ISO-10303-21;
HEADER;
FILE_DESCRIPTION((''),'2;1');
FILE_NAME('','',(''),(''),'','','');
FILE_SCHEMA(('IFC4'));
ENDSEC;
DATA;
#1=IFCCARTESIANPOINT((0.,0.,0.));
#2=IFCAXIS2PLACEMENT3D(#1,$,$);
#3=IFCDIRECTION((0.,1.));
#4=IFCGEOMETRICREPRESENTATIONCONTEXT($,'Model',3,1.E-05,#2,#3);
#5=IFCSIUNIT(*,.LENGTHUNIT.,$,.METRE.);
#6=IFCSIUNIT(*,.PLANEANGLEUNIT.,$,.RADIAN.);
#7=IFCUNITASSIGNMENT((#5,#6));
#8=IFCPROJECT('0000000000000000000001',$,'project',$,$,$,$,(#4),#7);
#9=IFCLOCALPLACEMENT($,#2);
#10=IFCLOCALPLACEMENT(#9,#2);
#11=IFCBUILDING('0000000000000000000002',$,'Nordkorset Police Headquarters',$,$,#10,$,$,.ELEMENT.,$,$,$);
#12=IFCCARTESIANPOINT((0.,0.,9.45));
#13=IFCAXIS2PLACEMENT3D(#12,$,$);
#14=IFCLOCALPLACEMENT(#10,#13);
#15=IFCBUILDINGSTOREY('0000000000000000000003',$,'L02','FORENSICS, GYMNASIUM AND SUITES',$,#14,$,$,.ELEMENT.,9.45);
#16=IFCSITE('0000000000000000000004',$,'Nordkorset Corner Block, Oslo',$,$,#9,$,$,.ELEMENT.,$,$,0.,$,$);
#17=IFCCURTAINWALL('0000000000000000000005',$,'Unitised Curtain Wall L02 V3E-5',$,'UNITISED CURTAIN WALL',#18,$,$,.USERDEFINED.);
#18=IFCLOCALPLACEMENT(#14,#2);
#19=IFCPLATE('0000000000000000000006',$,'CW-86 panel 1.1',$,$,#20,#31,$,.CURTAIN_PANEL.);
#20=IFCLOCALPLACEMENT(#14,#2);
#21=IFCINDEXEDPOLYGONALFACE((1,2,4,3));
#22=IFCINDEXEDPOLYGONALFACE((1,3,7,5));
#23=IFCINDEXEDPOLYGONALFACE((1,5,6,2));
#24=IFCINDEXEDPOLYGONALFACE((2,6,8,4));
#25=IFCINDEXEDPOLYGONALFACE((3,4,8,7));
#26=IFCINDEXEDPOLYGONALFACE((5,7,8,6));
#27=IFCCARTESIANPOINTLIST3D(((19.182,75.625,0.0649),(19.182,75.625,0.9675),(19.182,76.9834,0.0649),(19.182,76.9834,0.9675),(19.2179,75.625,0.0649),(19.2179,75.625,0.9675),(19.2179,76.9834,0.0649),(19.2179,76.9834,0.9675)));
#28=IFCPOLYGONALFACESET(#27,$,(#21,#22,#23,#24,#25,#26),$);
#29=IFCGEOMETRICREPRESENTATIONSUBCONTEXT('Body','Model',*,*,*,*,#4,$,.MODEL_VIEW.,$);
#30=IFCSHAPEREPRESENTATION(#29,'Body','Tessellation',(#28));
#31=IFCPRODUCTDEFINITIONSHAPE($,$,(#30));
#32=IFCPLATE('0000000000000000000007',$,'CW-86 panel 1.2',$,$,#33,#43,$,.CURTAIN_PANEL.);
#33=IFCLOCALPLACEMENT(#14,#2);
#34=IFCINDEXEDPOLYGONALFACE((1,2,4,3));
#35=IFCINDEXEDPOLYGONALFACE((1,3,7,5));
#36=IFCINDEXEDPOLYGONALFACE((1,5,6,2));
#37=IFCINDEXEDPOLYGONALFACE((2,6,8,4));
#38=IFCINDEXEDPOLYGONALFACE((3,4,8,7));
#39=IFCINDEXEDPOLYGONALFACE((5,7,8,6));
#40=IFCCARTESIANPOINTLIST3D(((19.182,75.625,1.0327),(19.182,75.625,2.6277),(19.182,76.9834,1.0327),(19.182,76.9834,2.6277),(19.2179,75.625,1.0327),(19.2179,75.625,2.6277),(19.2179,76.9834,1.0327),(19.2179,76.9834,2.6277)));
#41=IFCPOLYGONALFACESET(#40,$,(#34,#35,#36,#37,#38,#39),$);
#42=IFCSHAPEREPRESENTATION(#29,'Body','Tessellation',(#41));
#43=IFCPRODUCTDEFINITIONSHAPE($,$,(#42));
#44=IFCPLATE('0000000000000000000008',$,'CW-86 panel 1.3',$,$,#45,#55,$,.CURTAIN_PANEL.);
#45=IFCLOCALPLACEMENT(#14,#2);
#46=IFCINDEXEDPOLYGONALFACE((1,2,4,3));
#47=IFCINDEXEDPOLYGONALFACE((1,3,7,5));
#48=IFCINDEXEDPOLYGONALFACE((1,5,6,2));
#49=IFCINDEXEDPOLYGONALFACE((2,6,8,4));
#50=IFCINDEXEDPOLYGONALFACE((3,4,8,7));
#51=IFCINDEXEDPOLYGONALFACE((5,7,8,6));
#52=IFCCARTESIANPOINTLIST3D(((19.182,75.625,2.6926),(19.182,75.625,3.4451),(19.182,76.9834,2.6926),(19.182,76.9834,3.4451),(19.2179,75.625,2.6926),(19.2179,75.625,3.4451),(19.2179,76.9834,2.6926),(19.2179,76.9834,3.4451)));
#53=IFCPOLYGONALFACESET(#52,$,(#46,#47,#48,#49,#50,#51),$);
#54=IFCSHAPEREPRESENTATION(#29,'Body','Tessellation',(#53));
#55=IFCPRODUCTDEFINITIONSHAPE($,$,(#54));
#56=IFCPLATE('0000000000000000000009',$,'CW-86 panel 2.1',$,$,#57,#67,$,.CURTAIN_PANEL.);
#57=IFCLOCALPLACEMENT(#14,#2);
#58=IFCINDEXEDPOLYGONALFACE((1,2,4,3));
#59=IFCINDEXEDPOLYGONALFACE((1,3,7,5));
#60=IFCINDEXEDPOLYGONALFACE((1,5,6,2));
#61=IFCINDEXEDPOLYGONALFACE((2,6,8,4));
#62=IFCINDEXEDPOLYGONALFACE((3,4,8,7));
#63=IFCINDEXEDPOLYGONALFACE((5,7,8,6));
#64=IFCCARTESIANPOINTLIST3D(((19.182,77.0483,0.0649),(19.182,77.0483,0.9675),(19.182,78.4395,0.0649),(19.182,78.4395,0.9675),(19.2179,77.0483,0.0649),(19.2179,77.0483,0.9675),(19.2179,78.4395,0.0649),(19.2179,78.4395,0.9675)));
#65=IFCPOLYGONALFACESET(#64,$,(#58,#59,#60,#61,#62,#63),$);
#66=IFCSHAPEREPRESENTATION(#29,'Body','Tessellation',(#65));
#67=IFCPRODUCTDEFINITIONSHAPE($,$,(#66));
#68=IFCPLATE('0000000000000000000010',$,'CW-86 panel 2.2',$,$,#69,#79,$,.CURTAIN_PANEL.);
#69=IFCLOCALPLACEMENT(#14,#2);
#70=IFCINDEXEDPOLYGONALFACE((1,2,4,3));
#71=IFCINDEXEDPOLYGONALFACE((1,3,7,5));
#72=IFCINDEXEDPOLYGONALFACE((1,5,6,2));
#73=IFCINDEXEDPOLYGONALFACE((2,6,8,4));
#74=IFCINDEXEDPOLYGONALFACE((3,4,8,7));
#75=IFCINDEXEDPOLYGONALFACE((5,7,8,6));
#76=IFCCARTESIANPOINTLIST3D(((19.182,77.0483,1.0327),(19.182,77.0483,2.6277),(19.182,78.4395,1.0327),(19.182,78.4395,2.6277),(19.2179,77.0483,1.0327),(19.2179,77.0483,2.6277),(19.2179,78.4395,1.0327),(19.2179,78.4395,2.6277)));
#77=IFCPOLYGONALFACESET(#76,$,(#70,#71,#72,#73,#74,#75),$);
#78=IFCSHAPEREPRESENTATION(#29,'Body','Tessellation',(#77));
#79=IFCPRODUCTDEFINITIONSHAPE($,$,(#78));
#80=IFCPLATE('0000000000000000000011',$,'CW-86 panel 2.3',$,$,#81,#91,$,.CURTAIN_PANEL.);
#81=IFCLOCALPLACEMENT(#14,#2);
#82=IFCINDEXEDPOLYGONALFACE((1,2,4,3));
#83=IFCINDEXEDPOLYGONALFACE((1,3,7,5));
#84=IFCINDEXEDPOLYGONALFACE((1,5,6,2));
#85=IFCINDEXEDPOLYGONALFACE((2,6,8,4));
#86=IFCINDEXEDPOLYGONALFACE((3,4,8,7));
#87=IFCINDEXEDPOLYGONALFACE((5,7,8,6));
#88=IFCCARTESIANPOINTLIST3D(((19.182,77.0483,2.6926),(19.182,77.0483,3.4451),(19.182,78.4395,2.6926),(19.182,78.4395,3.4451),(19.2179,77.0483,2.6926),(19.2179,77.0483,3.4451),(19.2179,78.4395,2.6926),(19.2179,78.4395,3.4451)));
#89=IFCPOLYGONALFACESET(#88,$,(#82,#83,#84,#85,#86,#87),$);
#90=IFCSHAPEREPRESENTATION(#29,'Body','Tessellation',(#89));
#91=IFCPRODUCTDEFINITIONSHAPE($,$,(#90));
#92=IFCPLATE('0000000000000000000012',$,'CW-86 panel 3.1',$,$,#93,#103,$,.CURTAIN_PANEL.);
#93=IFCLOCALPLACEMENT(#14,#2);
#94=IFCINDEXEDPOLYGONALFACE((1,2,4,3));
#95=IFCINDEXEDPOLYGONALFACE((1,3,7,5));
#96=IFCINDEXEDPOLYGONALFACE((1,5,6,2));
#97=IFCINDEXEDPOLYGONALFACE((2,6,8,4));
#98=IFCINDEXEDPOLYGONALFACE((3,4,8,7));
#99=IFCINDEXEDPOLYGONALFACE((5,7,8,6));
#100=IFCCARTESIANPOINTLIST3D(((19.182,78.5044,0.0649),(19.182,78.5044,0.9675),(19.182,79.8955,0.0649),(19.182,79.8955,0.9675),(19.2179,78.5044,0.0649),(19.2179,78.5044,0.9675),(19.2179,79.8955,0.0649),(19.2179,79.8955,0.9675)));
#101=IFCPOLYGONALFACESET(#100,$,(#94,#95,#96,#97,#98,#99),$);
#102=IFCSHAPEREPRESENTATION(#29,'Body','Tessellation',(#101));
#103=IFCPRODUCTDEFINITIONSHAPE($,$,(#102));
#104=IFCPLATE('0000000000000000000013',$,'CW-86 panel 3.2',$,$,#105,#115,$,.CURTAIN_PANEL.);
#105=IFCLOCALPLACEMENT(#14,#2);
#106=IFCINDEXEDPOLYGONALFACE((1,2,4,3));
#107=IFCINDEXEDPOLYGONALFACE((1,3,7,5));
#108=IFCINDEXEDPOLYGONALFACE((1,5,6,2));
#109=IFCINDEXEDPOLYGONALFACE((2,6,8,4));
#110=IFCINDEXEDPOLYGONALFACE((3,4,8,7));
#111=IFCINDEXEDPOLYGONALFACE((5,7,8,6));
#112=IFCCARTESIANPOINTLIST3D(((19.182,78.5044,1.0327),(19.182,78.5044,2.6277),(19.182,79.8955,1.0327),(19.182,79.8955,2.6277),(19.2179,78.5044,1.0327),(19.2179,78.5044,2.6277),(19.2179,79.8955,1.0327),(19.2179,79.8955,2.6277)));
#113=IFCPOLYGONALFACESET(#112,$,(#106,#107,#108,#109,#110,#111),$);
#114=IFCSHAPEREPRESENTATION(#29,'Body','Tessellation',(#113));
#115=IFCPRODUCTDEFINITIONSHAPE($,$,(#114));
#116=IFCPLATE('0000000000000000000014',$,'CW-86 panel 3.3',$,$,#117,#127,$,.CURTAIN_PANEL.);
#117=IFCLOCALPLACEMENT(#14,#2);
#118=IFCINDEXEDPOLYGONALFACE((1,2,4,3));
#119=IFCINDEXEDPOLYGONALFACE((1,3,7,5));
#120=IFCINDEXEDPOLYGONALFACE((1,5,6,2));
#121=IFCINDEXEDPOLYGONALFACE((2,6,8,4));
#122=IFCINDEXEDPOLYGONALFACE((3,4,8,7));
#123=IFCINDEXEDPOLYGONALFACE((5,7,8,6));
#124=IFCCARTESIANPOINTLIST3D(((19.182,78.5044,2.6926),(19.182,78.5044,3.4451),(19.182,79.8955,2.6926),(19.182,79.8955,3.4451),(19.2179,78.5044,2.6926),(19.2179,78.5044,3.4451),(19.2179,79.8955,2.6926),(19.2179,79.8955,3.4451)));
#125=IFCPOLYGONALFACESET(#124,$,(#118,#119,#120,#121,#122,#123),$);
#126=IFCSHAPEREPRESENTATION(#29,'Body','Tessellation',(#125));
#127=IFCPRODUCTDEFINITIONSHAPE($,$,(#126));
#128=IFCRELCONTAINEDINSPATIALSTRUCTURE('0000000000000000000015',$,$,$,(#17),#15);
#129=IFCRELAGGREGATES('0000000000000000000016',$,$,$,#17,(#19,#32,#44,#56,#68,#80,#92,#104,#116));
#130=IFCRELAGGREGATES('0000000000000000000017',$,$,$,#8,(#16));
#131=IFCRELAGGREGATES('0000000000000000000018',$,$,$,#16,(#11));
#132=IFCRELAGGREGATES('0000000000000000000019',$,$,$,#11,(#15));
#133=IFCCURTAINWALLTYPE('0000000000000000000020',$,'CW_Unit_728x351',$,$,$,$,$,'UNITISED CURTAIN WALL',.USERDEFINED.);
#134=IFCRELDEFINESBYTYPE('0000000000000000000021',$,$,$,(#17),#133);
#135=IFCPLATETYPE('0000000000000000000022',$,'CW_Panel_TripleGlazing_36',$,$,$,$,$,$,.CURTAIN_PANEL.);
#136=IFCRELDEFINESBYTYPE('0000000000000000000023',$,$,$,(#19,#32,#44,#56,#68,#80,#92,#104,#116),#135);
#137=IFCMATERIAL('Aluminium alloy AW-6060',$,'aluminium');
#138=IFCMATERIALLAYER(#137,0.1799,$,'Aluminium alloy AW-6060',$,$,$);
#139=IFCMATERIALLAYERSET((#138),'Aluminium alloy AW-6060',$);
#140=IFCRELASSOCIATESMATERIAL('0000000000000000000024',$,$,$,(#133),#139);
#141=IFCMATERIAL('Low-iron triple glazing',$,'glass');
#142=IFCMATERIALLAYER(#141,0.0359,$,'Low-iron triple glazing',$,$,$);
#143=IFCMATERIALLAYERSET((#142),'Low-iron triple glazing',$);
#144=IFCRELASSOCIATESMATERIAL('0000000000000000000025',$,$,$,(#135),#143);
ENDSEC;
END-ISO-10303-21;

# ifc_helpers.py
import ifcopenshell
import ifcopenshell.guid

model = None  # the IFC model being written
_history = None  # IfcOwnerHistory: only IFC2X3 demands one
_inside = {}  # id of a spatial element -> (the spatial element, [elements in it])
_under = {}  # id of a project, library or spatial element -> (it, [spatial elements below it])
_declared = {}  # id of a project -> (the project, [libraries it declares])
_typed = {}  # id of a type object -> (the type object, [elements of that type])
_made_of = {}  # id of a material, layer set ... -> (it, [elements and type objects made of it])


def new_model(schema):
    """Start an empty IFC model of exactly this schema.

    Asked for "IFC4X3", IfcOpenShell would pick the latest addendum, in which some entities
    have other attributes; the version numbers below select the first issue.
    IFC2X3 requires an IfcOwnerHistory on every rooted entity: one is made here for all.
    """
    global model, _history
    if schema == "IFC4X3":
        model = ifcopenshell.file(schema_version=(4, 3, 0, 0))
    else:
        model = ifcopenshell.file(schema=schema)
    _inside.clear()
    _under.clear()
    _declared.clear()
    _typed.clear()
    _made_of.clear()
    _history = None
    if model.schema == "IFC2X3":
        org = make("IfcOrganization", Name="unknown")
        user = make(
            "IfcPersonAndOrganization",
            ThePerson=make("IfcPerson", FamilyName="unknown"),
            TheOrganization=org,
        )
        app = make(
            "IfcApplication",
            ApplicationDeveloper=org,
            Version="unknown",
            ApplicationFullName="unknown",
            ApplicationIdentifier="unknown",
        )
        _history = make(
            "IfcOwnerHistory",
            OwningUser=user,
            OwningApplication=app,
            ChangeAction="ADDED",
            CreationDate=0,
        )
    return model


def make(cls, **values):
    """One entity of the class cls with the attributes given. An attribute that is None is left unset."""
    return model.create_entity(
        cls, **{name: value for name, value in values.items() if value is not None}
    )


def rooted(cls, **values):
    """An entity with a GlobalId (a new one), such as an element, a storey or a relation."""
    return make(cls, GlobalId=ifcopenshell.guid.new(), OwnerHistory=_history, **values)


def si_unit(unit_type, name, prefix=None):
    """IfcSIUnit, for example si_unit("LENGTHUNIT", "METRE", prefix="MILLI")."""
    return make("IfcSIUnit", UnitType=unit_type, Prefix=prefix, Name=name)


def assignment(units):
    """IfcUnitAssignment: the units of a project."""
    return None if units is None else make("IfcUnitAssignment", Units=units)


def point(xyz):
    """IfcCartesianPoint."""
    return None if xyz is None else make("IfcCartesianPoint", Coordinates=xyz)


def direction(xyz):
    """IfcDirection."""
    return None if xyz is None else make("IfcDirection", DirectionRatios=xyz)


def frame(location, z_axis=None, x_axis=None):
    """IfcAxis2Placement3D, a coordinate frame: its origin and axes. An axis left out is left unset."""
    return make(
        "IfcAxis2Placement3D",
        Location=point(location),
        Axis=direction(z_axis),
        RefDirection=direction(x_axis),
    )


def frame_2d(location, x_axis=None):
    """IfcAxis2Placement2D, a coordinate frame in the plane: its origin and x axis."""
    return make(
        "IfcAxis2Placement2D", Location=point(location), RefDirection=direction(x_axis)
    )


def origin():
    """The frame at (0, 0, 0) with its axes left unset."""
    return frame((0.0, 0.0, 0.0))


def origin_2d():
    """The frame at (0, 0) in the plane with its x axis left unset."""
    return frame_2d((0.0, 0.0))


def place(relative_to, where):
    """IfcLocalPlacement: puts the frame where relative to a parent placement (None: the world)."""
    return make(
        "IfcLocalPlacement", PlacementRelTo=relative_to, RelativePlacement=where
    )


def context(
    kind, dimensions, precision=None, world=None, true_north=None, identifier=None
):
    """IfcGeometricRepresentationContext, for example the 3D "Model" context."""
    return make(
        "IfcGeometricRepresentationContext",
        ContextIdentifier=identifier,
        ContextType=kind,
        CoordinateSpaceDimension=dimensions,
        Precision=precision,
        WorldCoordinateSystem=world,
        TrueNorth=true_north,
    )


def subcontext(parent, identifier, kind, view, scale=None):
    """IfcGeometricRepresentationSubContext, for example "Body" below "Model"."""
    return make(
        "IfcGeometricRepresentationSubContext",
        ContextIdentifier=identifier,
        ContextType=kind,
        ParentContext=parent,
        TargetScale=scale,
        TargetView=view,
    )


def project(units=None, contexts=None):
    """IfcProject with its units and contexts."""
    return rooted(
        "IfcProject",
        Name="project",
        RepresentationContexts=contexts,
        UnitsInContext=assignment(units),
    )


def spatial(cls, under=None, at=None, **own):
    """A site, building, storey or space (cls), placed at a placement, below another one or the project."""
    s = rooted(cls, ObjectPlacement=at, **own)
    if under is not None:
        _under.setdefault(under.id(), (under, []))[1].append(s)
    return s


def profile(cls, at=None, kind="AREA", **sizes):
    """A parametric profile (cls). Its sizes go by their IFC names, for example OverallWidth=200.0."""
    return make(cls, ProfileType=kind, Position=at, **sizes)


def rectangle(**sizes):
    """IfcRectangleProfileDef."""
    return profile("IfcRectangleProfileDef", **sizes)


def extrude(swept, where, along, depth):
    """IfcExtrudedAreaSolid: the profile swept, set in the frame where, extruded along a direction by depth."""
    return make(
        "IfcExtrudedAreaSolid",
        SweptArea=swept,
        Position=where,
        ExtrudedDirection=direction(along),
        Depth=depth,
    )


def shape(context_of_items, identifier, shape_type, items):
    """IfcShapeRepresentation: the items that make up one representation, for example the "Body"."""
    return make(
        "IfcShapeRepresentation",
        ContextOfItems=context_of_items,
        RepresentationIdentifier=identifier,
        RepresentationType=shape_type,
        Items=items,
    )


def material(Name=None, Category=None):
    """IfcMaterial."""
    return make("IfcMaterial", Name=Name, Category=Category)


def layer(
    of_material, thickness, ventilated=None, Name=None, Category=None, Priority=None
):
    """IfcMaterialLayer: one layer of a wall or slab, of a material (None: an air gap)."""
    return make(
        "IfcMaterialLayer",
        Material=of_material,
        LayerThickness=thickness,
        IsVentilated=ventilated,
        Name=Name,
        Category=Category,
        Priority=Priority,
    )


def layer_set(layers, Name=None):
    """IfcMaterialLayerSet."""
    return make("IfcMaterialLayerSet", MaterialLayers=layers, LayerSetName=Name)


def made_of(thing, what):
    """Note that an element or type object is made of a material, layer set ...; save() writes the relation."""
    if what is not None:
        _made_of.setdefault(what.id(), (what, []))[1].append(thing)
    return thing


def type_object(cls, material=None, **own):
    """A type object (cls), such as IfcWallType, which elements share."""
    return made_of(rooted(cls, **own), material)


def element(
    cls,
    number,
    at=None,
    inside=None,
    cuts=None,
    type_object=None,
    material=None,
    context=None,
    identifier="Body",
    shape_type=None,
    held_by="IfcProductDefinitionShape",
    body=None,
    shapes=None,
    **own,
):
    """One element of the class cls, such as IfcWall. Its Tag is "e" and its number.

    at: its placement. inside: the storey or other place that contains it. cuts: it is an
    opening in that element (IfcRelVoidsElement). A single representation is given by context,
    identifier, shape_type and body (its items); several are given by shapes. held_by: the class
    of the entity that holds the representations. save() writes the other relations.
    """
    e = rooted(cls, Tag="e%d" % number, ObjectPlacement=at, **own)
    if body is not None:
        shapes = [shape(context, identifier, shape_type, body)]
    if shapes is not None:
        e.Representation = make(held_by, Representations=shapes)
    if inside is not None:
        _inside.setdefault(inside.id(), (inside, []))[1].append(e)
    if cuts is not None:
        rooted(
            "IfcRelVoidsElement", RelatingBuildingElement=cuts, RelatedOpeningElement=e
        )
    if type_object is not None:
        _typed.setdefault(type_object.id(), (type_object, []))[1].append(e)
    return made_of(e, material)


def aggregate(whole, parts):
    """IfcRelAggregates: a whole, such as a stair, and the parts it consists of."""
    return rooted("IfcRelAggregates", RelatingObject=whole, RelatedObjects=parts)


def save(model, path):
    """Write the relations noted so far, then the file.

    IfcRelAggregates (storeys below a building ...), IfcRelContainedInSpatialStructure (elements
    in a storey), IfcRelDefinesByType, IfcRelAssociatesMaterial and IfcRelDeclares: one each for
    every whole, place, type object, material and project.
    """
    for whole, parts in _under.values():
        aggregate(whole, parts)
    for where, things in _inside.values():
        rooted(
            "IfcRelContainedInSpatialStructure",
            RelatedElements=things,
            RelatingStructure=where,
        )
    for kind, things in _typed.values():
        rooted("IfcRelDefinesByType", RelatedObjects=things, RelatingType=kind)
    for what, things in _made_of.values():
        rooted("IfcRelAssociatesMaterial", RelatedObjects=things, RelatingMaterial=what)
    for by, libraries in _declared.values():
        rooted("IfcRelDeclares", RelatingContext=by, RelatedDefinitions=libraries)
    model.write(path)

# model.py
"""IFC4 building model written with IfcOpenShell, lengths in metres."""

from ifc_helpers import new_model, si_unit, direction, frame, origin, origin_2d, place, context, subcontext, project, spatial, rectangle, extrude, material, layer, layer_set, type_object, element, aggregate, save


model = new_model("IFC4")

# Units and contexts
model_context = context("Model", 3, precision=1e-05, world=origin(), true_north=direction((0.0, 1.0)))
body_context = subcontext(model_context, "Body", "Model", "MODEL_VIEW")
ifc_project = project(units=[si_unit("LENGTHUNIT", "METRE"), si_unit("PLANEANGLEUNIT", "RADIAN")], contexts=[model_context])

# Site, building, storey
site_placement = place(None, origin())
site = spatial("IfcSite", under=ifc_project, at=site_placement, Name="Nordkorset Corner Block, Oslo", CompositionType="ELEMENT", RefElevation=0.0)
building_placement = place(site_placement, origin())
building = spatial("IfcBuilding", under=site, at=building_placement, Name="Nordkorset Police Headquarters", CompositionType="ELEMENT")
storey_placement = place(building_placement, frame((0.0, 0.0, 9.45)))
storey = spatial("IfcBuildingStorey", under=building, at=storey_placement, Name="L02", Description="FORENSICS, GYMNASIUM AND SUITES", CompositionType="ELEMENT", Elevation=9.45)

# Curtain wall, plates
ifc_material_1 = material(Name="Aluminium alloy AW-6060", Category="aluminium")
ifc_layer_1 = layer(ifc_material_1, 0.1799, Name="Aluminium alloy AW-6060")
ifc_layer_set_1 = layer_set([ifc_layer_1], Name="Aluminium alloy AW-6060")
curtain_wall_type = type_object("IfcCurtainWallType", Name="CW_Unit_728x351", ElementType="UNITISED CURTAIN WALL", PredefinedType="USERDEFINED", material=ifc_layer_set_1)
curtain_wall_placement = place(storey_placement, origin())
curtain_wall = element("IfcCurtainWall", 1, at=curtain_wall_placement, inside=storey, type_object=curtain_wall_type, Name="Unitised Curtain Wall L02 V3E-5", ObjectType="UNITISED CURTAIN WALL", PredefinedType="USERDEFINED")
ifc_material_2 = material(Name="Low-iron triple glazing", Category="glass")
ifc_layer_2 = layer(ifc_material_2, 0.0359, Name="Low-iron triple glazing")
ifc_layer_set_2 = layer_set([ifc_layer_2], Name="Low-iron triple glazing")
plate_type = type_object("IfcPlateType", Name="CW_Panel_TripleGlazing_36", PredefinedType="CURTAIN_PANEL", material=ifc_layer_set_2)
plate_1_placement = place(storey_placement, frame((19.2, 76.3042, 0.0649), z_axis=(0.0, 0.0, 1.0), x_axis=(0.0, 1.0, 0.0)))
plate_1 = element("IfcPlate", 2, at=plate_1_placement, type_object=plate_type, Name="CW-86 panel 1.1", PredefinedType="CURTAIN_PANEL", context=body_context, shape_type="SweptSolid", body=[
    extrude(rectangle(XDim=1.3584, YDim=0.0359, at=origin_2d()), origin(), (0.0, 0.0, 1.0), 0.9026),
])
plate_2_placement = place(storey_placement, frame((19.2, 76.3042, 1.0327), z_axis=(0.0, 0.0, 1.0), x_axis=(0.0, 1.0, 0.0)))
plate_2 = element("IfcPlate", 3, at=plate_2_placement, type_object=plate_type, Name="CW-86 panel 1.2", PredefinedType="CURTAIN_PANEL", context=body_context, shape_type="SweptSolid", body=[
    extrude(rectangle(XDim=1.3584, YDim=0.0359, at=origin_2d()), origin(), (0.0, 0.0, 1.0), 1.595),
])
plate_3_placement = place(storey_placement, frame((19.2, 76.3042, 2.6926), z_axis=(0.0, 0.0, 1.0), x_axis=(0.0, 1.0, 0.0)))
plate_3 = element("IfcPlate", 4, at=plate_3_placement, type_object=plate_type, Name="CW-86 panel 1.3", PredefinedType="CURTAIN_PANEL", context=body_context, shape_type="SweptSolid", body=[
    extrude(rectangle(XDim=1.3584, YDim=0.0359, at=origin_2d()), origin(), (0.0, 0.0, 1.0), 0.7524),
])
plate_4_placement = place(storey_placement, frame((19.2, 77.7439, 0.0649), z_axis=(0.0, 0.0, 1.0), x_axis=(0.0, 1.0, 0.0)))
plate_4 = element("IfcPlate", 5, at=plate_4_placement, type_object=plate_type, Name="CW-86 panel 2.1", PredefinedType="CURTAIN_PANEL", context=body_context, shape_type="SweptSolid", body=[
    extrude(rectangle(XDim=1.3911, YDim=0.0359, at=origin_2d()), origin(), (0.0, 0.0, 1.0), 0.9026),
])
plate_5_placement = place(storey_placement, frame((19.2, 77.7439, 1.0327), z_axis=(0.0, 0.0, 1.0), x_axis=(0.0, 1.0, 0.0)))
plate_5 = element("IfcPlate", 6, at=plate_5_placement, type_object=plate_type, Name="CW-86 panel 2.2", PredefinedType="CURTAIN_PANEL", context=body_context, shape_type="SweptSolid", body=[
    extrude(rectangle(XDim=1.3911, YDim=0.0359, at=origin_2d()), origin(), (0.0, 0.0, 1.0), 1.595),
])
plate_6_placement = place(storey_placement, frame((19.2, 77.7439, 2.6926), z_axis=(0.0, 0.0, 1.0), x_axis=(0.0, 1.0, 0.0)))
plate_6 = element("IfcPlate", 7, at=plate_6_placement, type_object=plate_type, Name="CW-86 panel 2.3", PredefinedType="CURTAIN_PANEL", context=body_context, shape_type="SweptSolid", body=[
    extrude(rectangle(XDim=1.3911, YDim=0.0359, at=origin_2d()), origin(), (0.0, 0.0, 1.0), 0.7524),
])
plate_7_placement = place(storey_placement, frame((19.2, 79.2, 0.0649), z_axis=(0.0, 0.0, 1.0), x_axis=(0.0, 1.0, 0.0)))
plate_7 = element("IfcPlate", 8, at=plate_7_placement, type_object=plate_type, Name="CW-86 panel 3.1", PredefinedType="CURTAIN_PANEL", context=body_context, shape_type="SweptSolid", body=[
    extrude(rectangle(XDim=1.3911, YDim=0.0359, at=origin_2d()), origin(), (0.0, 0.0, 1.0), 0.9026),
])
plate_8_placement = place(storey_placement, frame((19.2, 79.2, 1.0327), z_axis=(0.0, 0.0, 1.0), x_axis=(0.0, 1.0, 0.0)))
plate_8 = element("IfcPlate", 9, at=plate_8_placement, type_object=plate_type, Name="CW-86 panel 3.2", PredefinedType="CURTAIN_PANEL", context=body_context, shape_type="SweptSolid", body=[
    extrude(rectangle(XDim=1.3911, YDim=0.0359, at=origin_2d()), origin(), (0.0, 0.0, 1.0), 1.595),
])
plate_9_placement = place(storey_placement, frame((19.2, 79.2, 2.6926), z_axis=(0.0, 0.0, 1.0), x_axis=(0.0, 1.0, 0.0)))
plate_9 = element("IfcPlate", 10, at=plate_9_placement, type_object=plate_type, Name="CW-86 panel 3.3", PredefinedType="CURTAIN_PANEL", context=body_context, shape_type="SweptSolid", body=[
    extrude(rectangle(XDim=1.3911, YDim=0.0359, at=origin_2d()), origin(), (0.0, 0.0, 1.0), 0.7524),
])
aggregate(curtain_wall, [plate_1, plate_2, plate_3, plate_4, plate_5, plate_6, plate_7, plate_8, plate_9])

save(model, "model.ifc")
